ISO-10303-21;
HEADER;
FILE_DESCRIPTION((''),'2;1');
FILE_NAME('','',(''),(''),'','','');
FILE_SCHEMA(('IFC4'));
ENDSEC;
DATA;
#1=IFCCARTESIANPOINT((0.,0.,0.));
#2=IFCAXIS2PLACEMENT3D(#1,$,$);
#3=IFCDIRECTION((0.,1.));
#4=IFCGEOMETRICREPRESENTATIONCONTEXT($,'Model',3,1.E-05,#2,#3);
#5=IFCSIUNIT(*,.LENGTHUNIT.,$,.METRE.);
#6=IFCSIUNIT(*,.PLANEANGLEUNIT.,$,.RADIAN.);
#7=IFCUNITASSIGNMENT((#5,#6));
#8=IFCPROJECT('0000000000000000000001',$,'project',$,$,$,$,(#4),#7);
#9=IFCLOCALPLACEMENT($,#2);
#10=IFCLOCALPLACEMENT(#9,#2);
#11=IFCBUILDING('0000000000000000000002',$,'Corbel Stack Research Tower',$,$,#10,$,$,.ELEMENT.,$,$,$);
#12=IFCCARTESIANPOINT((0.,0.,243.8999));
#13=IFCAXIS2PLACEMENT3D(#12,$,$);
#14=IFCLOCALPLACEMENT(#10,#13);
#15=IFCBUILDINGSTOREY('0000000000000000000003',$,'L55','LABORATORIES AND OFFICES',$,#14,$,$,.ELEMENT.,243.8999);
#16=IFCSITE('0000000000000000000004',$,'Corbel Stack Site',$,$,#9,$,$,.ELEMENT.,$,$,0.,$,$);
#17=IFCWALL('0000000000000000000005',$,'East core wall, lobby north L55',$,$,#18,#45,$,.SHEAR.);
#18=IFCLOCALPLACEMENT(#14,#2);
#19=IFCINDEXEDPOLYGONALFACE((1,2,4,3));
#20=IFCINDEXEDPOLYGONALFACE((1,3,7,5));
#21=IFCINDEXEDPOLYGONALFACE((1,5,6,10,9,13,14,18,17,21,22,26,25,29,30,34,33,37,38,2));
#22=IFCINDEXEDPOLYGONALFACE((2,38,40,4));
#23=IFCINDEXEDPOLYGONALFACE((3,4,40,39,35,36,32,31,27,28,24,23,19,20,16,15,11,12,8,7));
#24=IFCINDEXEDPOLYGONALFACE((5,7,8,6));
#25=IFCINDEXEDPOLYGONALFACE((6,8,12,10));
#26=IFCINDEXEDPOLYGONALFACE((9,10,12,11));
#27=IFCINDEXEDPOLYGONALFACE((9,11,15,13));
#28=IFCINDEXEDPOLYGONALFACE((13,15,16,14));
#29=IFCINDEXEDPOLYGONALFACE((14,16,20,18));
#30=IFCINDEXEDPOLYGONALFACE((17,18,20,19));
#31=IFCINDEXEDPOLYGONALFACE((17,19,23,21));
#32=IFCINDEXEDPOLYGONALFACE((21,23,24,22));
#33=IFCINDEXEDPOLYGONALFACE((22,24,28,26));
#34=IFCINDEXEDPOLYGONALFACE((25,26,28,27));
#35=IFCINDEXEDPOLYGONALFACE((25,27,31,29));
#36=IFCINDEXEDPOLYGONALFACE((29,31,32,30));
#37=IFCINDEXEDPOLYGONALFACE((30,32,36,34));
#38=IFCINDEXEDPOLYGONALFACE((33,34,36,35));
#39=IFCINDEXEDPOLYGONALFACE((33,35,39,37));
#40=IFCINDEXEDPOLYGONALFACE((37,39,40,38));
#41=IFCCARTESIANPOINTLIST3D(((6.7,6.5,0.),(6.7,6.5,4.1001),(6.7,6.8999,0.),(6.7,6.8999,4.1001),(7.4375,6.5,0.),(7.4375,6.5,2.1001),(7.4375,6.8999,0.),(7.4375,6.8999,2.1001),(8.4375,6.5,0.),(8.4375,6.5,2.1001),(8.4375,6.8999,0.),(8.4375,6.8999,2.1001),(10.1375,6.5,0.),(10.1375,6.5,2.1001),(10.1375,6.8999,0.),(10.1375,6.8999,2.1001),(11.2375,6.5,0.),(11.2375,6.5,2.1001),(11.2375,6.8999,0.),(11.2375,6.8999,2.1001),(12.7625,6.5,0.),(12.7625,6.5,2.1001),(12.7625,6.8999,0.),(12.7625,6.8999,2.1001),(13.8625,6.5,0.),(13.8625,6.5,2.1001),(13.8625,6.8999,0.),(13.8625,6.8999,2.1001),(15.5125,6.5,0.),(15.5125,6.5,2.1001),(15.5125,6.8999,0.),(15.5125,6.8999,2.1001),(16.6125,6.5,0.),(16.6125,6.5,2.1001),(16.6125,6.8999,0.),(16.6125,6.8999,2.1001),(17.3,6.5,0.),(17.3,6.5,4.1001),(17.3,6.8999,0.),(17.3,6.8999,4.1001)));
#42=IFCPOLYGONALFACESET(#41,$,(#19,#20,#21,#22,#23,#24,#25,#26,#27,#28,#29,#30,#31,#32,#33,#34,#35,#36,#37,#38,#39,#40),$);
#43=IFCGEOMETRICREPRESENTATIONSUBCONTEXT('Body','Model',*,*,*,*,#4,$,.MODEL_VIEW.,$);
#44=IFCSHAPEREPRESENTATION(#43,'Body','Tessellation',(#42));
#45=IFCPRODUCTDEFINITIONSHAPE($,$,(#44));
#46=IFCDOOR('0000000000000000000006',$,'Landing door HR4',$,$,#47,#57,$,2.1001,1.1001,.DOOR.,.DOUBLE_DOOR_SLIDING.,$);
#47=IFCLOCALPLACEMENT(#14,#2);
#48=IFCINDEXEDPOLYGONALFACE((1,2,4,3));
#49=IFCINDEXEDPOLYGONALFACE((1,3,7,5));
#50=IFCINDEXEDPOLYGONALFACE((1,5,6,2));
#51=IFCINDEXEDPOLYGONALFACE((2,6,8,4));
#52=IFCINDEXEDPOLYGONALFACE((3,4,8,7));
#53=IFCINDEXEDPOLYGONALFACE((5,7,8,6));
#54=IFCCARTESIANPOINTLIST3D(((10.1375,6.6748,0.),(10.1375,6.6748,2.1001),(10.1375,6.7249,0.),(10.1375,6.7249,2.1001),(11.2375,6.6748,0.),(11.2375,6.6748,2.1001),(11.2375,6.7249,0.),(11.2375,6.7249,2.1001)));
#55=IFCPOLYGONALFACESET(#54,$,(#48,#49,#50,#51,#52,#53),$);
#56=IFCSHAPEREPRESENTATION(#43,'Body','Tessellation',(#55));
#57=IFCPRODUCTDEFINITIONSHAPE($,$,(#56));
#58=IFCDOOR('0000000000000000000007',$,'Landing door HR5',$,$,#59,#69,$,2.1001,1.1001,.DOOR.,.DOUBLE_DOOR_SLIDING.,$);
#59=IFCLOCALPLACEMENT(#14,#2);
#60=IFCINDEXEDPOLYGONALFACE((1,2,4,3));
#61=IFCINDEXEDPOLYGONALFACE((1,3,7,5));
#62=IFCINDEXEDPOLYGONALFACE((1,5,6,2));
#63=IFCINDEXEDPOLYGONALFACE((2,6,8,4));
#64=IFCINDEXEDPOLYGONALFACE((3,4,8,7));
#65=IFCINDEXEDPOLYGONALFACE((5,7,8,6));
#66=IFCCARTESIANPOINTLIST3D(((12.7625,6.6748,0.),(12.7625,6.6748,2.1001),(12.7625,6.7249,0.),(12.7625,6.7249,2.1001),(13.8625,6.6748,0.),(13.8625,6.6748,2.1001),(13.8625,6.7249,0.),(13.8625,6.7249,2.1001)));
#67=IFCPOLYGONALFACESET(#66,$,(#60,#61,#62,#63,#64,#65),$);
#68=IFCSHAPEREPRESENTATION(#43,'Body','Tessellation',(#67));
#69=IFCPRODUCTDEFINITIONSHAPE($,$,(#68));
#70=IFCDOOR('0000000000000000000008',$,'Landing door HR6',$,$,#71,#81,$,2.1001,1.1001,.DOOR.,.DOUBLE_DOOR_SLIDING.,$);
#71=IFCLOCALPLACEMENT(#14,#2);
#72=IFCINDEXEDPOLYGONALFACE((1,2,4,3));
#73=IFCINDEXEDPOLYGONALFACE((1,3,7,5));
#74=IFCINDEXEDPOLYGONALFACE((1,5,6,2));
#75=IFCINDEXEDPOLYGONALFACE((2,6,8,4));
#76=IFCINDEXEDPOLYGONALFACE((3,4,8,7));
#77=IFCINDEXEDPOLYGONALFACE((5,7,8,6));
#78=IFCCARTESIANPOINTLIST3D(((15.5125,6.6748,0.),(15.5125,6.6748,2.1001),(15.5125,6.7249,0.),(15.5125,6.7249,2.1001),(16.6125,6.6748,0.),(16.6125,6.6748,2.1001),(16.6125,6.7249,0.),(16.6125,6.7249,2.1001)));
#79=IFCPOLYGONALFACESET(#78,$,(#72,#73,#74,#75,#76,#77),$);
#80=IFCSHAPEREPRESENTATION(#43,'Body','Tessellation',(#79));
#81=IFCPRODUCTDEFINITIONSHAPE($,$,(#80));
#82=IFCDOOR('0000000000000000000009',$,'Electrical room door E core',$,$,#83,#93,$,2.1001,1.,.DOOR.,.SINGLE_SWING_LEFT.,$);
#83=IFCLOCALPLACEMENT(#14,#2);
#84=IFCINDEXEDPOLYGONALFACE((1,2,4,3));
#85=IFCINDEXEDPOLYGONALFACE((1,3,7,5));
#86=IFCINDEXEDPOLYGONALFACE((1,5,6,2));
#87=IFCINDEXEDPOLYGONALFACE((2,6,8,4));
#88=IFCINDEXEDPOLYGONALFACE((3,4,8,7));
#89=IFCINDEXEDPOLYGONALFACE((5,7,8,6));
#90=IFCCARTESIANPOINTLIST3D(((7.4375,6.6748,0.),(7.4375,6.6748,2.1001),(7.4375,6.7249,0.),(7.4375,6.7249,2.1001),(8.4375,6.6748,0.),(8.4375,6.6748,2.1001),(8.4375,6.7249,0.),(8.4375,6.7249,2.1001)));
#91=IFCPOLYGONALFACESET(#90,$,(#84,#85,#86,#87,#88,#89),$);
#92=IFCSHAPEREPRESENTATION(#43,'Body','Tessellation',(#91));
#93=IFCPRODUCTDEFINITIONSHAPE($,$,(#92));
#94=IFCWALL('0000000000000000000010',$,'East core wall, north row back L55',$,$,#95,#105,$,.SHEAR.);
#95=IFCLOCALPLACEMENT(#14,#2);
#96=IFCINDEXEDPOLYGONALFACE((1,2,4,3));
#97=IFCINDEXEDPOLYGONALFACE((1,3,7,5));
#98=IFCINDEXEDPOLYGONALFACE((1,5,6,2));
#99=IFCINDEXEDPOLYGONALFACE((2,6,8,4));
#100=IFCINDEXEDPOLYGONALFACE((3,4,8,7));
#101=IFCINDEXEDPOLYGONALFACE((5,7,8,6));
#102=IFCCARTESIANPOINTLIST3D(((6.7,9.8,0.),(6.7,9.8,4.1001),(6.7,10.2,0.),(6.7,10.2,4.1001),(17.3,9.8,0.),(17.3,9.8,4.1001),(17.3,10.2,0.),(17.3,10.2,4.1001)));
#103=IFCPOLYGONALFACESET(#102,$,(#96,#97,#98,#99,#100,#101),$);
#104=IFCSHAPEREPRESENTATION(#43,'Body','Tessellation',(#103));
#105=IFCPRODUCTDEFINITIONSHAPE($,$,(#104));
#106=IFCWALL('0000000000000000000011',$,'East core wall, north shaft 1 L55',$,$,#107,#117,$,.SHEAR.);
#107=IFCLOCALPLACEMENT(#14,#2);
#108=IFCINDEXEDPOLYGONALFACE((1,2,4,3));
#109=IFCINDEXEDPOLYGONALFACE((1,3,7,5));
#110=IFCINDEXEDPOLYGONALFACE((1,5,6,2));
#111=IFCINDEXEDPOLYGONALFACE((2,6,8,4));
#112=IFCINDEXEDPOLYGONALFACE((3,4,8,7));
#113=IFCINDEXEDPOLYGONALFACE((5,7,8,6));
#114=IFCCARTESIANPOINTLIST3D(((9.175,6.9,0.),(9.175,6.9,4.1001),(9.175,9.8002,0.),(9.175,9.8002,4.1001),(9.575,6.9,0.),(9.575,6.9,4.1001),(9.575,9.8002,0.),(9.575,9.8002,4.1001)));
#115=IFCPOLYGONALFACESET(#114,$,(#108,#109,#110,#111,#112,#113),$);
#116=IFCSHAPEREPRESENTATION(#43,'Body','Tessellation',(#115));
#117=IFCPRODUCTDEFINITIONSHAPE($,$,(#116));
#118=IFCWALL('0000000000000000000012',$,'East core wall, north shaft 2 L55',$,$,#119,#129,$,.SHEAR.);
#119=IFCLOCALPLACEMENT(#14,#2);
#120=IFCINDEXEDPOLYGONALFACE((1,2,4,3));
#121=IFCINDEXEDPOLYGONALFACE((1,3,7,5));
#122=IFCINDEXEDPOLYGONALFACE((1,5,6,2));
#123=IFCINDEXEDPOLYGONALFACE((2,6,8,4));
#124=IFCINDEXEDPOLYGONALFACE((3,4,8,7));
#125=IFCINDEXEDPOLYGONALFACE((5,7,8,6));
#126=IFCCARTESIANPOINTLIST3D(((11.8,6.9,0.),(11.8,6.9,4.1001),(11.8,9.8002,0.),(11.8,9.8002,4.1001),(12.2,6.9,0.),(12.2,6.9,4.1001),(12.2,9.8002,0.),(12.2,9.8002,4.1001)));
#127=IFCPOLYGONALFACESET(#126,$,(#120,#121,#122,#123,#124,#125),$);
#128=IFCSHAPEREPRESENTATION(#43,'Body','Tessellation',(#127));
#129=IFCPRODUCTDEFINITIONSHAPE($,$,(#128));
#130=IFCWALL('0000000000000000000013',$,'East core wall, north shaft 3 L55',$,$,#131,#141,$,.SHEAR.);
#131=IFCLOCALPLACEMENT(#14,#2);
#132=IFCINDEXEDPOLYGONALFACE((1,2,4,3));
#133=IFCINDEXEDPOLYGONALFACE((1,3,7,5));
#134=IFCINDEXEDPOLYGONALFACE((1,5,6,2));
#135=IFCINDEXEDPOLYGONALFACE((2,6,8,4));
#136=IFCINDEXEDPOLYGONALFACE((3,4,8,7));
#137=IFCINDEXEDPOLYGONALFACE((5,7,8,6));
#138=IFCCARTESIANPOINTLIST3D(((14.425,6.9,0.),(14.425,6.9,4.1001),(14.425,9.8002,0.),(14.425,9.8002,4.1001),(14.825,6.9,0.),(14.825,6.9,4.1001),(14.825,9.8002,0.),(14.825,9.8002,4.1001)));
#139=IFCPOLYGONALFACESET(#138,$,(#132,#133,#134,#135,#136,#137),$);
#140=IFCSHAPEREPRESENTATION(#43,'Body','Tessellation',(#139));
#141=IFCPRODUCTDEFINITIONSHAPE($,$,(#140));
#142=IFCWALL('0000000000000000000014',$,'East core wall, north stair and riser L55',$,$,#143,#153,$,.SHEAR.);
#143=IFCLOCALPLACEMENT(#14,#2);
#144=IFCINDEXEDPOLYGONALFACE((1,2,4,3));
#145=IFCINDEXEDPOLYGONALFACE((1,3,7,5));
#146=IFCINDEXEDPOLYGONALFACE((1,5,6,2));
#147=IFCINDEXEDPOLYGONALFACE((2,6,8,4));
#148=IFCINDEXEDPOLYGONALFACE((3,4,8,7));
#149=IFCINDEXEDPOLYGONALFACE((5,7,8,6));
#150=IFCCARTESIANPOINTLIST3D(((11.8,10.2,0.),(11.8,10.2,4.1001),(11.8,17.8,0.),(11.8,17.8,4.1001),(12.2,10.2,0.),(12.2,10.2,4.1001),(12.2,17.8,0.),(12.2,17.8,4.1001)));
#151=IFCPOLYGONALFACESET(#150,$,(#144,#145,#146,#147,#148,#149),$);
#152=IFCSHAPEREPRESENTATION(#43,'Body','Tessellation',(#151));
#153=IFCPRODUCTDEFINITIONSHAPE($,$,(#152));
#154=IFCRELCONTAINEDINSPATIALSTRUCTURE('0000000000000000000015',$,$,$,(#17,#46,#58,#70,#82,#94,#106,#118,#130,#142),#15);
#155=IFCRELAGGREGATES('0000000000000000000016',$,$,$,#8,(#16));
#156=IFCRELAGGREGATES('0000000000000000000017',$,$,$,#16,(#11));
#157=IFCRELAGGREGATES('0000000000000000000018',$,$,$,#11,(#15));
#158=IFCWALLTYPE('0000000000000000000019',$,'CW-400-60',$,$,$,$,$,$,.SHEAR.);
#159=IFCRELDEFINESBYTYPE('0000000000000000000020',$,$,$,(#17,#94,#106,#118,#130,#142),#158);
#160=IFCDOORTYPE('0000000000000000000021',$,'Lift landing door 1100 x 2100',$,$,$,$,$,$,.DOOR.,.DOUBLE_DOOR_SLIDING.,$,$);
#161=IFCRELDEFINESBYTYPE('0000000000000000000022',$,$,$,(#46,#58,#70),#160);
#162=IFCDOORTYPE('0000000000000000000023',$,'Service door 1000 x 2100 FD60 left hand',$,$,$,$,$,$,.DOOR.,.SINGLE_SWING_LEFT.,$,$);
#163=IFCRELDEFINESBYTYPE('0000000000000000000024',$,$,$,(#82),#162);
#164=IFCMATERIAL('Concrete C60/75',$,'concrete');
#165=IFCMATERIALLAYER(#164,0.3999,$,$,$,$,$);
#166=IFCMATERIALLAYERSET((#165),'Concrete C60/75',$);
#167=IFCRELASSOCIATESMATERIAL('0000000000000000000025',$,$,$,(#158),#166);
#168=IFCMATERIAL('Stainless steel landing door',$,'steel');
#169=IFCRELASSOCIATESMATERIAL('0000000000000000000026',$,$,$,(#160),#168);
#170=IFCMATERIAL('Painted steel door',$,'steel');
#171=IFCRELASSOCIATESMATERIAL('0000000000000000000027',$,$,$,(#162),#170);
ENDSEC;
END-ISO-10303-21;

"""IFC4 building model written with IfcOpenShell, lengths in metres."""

from ifc_helpers import new_model, si_unit, direction, frame, frame_2d, origin, place, context, subcontext, project, spatial, rectangle, extrude, material, layer, layer_set, type_object, element, fill, save


model = new_model("IFC4")

# Units and contexts
model_context = context("Model", 3, precision=1e-05, world=origin(), true_north=direction((0.0, 1.0)))
body_context = subcontext(model_context, "Body", "Model", "MODEL_VIEW")
ifc_project = project(units=[si_unit("LENGTHUNIT", "METRE"), si_unit("PLANEANGLEUNIT", "RADIAN")], contexts=[model_context])

# Site, building, storey
site_placement = place(None, origin())
site = spatial("IfcSite", under=ifc_project, at=site_placement, Name="Corbel Stack Site", CompositionType="ELEMENT", RefElevation=0.0)
building_placement = place(site_placement, origin())
building = spatial("IfcBuilding", under=site, at=building_placement, Name="Corbel Stack Research Tower", CompositionType="ELEMENT")
storey_placement = place(building_placement, frame((0.0, 0.0, 243.8999)))
storey = spatial("IfcBuildingStorey", under=building, at=storey_placement, Name="L55", Description="LABORATORIES AND OFFICES", CompositionType="ELEMENT", Elevation=243.8999)

# Wall, openings, doors
ifc_material_1 = material(Name="Concrete C60/75", Category="concrete")
ifc_layer_1 = layer(ifc_material_1, 0.3999)
ifc_layer_set_1 = layer_set([ifc_layer_1], Name="Concrete C60/75")
wall_type_1 = type_object("IfcWallType", Name="CW-400-60", PredefinedType="SHEAR", material=ifc_layer_set_1)
ifc_material_2 = material(Name="Stainless steel landing door", Category="steel")
door_type_1 = type_object("IfcDoorType", Name="Lift landing door 1100 x 2100", OperationType="DOUBLE_DOOR_SLIDING", PredefinedType="DOOR", material=ifc_material_2)
ifc_material_3 = material(Name="Painted steel door", Category="steel")
door_type_2 = type_object("IfcDoorType", Name="Service door 1000 x 2100 FD60 left hand", OperationType="SINGLE_SWING_LEFT", PredefinedType="DOOR", material=ifc_material_3)
wall_1_placement = place(storey_placement, frame((6.7, 6.7, 0.0), z_axis=(0.0, 0.0, 1.0), x_axis=(1.0, 0.0, 0.0)))
wall_1 = element("IfcWall", 1, at=wall_1_placement, inside=storey, type_object=wall_type_1, Name="East core wall, lobby north L55", PredefinedType="SHEAR", context=body_context, shape_type="SweptSolid", body=[
    extrude(rectangle(XDim=10.6001, YDim=0.3999, at=frame_2d((5.3, 0.0))), origin(), (0.0, 0.0, 1.0), 4.1001),
])
opening_1_placement = place(wall_1_placement, frame((3.4375, 0.0, 0.0)))
opening_1 = element("IfcOpeningElement", 2, at=opening_1_placement, cuts=wall_1, PredefinedType="OPENING", context=body_context, shape_type="SweptSolid", body=[
    extrude(rectangle(XDim=1.1001, YDim=2.1001, at=frame_2d((0.55, 1.05))), frame((0.0, 0.21, 0.0), z_axis=(0.0, -1.0, 0.0), x_axis=(1.0, 0.0, 0.0)), (0.0, 0.0, 1.0), 0.4199),
])
opening_2_placement = place(wall_1_placement, frame((6.0625, 0.0, 0.0)))
opening_2 = element("IfcOpeningElement", 3, at=opening_2_placement, cuts=wall_1, PredefinedType="OPENING", context=body_context, shape_type="SweptSolid", body=[
    extrude(rectangle(XDim=1.1001, YDim=2.1001, at=frame_2d((0.55, 1.05))), frame((0.0, 0.21, 0.0), z_axis=(0.0, -1.0, 0.0), x_axis=(1.0, 0.0, 0.0)), (0.0, 0.0, 1.0), 0.4199),
])
opening_3_placement = place(wall_1_placement, frame((8.8125, 0.0, 0.0)))
opening_3 = element("IfcOpeningElement", 4, at=opening_3_placement, cuts=wall_1, PredefinedType="OPENING", context=body_context, shape_type="SweptSolid", body=[
    extrude(rectangle(XDim=1.1001, YDim=2.1001, at=frame_2d((0.55, 1.05))), frame((0.0, 0.21, 0.0), z_axis=(0.0, -1.0, 0.0), x_axis=(1.0, 0.0, 0.0)), (0.0, 0.0, 1.0), 0.4199),
])
opening_4_placement = place(wall_1_placement, frame((0.7375, 0.0, 0.0)))
opening_4 = element("IfcOpeningElement", 5, at=opening_4_placement, cuts=wall_1, PredefinedType="OPENING", context=body_context, shape_type="SweptSolid", body=[
    extrude(rectangle(XDim=1.0, YDim=2.1001, at=frame_2d((0.5, 1.05))), frame((0.0, 0.21, 0.0), z_axis=(0.0, -1.0, 0.0), x_axis=(1.0, 0.0, 0.0)), (0.0, 0.0, 1.0), 0.4199),
])
door_1_placement = place(opening_1_placement, origin())
door_1 = element("IfcDoor", 6, at=door_1_placement, inside=storey, type_object=door_type_1, Name="Landing door HR4", OperationType="DOUBLE_DOOR_SLIDING", OverallHeight=2.1001, OverallWidth=1.1001, PredefinedType="DOOR", context=body_context, shape_type="SweptSolid", body=[
    extrude(rectangle(XDim=1.1001, YDim=2.1001, at=frame_2d((0.55, 1.05))), frame((0.0, 0.0249, 0.0), z_axis=(0.0, -1.0, 0.0), x_axis=(1.0, 0.0, 0.0)), (0.0, 0.0, 1.0), 0.05),
])
fill(opening_1, door_1)
door_2_placement = place(opening_2_placement, origin())
door_2 = element("IfcDoor", 7, at=door_2_placement, inside=storey, type_object=door_type_1, Name="Landing door HR5", OperationType="DOUBLE_DOOR_SLIDING", OverallHeight=2.1001, OverallWidth=1.1001, PredefinedType="DOOR", context=body_context, shape_type="SweptSolid", body=[
    extrude(rectangle(XDim=1.1001, YDim=2.1001, at=frame_2d((0.55, 1.05))), frame((0.0, 0.0249, 0.0), z_axis=(0.0, -1.0, 0.0), x_axis=(1.0, 0.0, 0.0)), (0.0, 0.0, 1.0), 0.05),
])
fill(opening_2, door_2)
door_3_placement = place(opening_3_placement, origin())
door_3 = element("IfcDoor", 8, at=door_3_placement, inside=storey, type_object=door_type_1, Name="Landing door HR6", OperationType="DOUBLE_DOOR_SLIDING", OverallHeight=2.1001, OverallWidth=1.1001, PredefinedType="DOOR", context=body_context, shape_type="SweptSolid", body=[
    extrude(rectangle(XDim=1.1001, YDim=2.1001, at=frame_2d((0.55, 1.05))), frame((0.0, 0.0249, 0.0), z_axis=(0.0, -1.0, 0.0), x_axis=(1.0, 0.0, 0.0)), (0.0, 0.0, 1.0), 0.05),
])
fill(opening_3, door_3)
door_4_placement = place(opening_4_placement, origin())
door_4 = element("IfcDoor", 9, at=door_4_placement, inside=storey, type_object=door_type_2, Name="Electrical room door E core", OperationType="SINGLE_SWING_LEFT", OverallHeight=2.1001, OverallWidth=1.0, PredefinedType="DOOR", context=body_context, shape_type="SweptSolid", body=[
    extrude(rectangle(XDim=1.0, YDim=2.1001, at=frame_2d((0.5, 1.05))), frame((0.0, 0.0249, 0.0), z_axis=(0.0, -1.0, 0.0), x_axis=(1.0, 0.0, 0.0)), (0.0, 0.0, 1.0), 0.05),
])
fill(opening_4, door_4)

# Walls
wall_2_placement = place(storey_placement, frame((6.7, 10.0, 0.0), z_axis=(0.0, 0.0, 1.0), x_axis=(1.0, 0.0, 0.0)))
element("IfcWall", 10, at=wall_2_placement, inside=storey, type_object=wall_type_1, Name="East core wall, north row back L55", PredefinedType="SHEAR", context=body_context, shape_type="SweptSolid", body=[
    extrude(rectangle(XDim=10.6001, YDim=0.3999, at=frame_2d((5.3, 0.0))), origin(), (0.0, 0.0, 1.0), 4.1001),
])
for number, where, z_axis, x_axis, name in (
    (11, (9.375, 6.8999, 0.0), (0.0, 0.0, 1.0), (0.0, 1.0, 0.0), "East core wall, north shaft 1 L55"),
    (12, (12.0, 6.8999, 0.0), (0.0, 0.0, 1.0), (0.0, 1.0, 0.0), "East core wall, north shaft 2 L55"),
    (13, (14.625, 6.8999, 0.0), (0.0, 0.0, 1.0), (0.0, 1.0, 0.0), "East core wall, north shaft 3 L55"),
):
    element("IfcWall", number, at=place(storey_placement, frame(where, z_axis=z_axis, x_axis=x_axis)), inside=storey, type_object=wall_type_1, Name=name, PredefinedType="SHEAR", context=body_context, shape_type="SweptSolid", body=[
        extrude(rectangle(XDim=2.9001, YDim=0.3999, at=frame_2d((1.4502, 0.0))), origin(), (0.0, 0.0, 1.0), 4.1001),
    ])
wall_3_placement = place(storey_placement, frame((12.0, 10.2, 0.0), z_axis=(0.0, 0.0, 1.0), x_axis=(0.0, 1.0, 0.0)))
element("IfcWall", 14, at=wall_3_placement, inside=storey, type_object=wall_type_1, Name="East core wall, north stair and riser L55", PredefinedType="SHEAR", context=body_context, shape_type="SweptSolid", body=[
    extrude(rectangle(XDim=7.6001, YDim=0.3999, at=frame_2d((3.8, 0.0))), origin(), (0.0, 0.0, 1.0), 4.1001),
])

save(model, "model.ifc")
